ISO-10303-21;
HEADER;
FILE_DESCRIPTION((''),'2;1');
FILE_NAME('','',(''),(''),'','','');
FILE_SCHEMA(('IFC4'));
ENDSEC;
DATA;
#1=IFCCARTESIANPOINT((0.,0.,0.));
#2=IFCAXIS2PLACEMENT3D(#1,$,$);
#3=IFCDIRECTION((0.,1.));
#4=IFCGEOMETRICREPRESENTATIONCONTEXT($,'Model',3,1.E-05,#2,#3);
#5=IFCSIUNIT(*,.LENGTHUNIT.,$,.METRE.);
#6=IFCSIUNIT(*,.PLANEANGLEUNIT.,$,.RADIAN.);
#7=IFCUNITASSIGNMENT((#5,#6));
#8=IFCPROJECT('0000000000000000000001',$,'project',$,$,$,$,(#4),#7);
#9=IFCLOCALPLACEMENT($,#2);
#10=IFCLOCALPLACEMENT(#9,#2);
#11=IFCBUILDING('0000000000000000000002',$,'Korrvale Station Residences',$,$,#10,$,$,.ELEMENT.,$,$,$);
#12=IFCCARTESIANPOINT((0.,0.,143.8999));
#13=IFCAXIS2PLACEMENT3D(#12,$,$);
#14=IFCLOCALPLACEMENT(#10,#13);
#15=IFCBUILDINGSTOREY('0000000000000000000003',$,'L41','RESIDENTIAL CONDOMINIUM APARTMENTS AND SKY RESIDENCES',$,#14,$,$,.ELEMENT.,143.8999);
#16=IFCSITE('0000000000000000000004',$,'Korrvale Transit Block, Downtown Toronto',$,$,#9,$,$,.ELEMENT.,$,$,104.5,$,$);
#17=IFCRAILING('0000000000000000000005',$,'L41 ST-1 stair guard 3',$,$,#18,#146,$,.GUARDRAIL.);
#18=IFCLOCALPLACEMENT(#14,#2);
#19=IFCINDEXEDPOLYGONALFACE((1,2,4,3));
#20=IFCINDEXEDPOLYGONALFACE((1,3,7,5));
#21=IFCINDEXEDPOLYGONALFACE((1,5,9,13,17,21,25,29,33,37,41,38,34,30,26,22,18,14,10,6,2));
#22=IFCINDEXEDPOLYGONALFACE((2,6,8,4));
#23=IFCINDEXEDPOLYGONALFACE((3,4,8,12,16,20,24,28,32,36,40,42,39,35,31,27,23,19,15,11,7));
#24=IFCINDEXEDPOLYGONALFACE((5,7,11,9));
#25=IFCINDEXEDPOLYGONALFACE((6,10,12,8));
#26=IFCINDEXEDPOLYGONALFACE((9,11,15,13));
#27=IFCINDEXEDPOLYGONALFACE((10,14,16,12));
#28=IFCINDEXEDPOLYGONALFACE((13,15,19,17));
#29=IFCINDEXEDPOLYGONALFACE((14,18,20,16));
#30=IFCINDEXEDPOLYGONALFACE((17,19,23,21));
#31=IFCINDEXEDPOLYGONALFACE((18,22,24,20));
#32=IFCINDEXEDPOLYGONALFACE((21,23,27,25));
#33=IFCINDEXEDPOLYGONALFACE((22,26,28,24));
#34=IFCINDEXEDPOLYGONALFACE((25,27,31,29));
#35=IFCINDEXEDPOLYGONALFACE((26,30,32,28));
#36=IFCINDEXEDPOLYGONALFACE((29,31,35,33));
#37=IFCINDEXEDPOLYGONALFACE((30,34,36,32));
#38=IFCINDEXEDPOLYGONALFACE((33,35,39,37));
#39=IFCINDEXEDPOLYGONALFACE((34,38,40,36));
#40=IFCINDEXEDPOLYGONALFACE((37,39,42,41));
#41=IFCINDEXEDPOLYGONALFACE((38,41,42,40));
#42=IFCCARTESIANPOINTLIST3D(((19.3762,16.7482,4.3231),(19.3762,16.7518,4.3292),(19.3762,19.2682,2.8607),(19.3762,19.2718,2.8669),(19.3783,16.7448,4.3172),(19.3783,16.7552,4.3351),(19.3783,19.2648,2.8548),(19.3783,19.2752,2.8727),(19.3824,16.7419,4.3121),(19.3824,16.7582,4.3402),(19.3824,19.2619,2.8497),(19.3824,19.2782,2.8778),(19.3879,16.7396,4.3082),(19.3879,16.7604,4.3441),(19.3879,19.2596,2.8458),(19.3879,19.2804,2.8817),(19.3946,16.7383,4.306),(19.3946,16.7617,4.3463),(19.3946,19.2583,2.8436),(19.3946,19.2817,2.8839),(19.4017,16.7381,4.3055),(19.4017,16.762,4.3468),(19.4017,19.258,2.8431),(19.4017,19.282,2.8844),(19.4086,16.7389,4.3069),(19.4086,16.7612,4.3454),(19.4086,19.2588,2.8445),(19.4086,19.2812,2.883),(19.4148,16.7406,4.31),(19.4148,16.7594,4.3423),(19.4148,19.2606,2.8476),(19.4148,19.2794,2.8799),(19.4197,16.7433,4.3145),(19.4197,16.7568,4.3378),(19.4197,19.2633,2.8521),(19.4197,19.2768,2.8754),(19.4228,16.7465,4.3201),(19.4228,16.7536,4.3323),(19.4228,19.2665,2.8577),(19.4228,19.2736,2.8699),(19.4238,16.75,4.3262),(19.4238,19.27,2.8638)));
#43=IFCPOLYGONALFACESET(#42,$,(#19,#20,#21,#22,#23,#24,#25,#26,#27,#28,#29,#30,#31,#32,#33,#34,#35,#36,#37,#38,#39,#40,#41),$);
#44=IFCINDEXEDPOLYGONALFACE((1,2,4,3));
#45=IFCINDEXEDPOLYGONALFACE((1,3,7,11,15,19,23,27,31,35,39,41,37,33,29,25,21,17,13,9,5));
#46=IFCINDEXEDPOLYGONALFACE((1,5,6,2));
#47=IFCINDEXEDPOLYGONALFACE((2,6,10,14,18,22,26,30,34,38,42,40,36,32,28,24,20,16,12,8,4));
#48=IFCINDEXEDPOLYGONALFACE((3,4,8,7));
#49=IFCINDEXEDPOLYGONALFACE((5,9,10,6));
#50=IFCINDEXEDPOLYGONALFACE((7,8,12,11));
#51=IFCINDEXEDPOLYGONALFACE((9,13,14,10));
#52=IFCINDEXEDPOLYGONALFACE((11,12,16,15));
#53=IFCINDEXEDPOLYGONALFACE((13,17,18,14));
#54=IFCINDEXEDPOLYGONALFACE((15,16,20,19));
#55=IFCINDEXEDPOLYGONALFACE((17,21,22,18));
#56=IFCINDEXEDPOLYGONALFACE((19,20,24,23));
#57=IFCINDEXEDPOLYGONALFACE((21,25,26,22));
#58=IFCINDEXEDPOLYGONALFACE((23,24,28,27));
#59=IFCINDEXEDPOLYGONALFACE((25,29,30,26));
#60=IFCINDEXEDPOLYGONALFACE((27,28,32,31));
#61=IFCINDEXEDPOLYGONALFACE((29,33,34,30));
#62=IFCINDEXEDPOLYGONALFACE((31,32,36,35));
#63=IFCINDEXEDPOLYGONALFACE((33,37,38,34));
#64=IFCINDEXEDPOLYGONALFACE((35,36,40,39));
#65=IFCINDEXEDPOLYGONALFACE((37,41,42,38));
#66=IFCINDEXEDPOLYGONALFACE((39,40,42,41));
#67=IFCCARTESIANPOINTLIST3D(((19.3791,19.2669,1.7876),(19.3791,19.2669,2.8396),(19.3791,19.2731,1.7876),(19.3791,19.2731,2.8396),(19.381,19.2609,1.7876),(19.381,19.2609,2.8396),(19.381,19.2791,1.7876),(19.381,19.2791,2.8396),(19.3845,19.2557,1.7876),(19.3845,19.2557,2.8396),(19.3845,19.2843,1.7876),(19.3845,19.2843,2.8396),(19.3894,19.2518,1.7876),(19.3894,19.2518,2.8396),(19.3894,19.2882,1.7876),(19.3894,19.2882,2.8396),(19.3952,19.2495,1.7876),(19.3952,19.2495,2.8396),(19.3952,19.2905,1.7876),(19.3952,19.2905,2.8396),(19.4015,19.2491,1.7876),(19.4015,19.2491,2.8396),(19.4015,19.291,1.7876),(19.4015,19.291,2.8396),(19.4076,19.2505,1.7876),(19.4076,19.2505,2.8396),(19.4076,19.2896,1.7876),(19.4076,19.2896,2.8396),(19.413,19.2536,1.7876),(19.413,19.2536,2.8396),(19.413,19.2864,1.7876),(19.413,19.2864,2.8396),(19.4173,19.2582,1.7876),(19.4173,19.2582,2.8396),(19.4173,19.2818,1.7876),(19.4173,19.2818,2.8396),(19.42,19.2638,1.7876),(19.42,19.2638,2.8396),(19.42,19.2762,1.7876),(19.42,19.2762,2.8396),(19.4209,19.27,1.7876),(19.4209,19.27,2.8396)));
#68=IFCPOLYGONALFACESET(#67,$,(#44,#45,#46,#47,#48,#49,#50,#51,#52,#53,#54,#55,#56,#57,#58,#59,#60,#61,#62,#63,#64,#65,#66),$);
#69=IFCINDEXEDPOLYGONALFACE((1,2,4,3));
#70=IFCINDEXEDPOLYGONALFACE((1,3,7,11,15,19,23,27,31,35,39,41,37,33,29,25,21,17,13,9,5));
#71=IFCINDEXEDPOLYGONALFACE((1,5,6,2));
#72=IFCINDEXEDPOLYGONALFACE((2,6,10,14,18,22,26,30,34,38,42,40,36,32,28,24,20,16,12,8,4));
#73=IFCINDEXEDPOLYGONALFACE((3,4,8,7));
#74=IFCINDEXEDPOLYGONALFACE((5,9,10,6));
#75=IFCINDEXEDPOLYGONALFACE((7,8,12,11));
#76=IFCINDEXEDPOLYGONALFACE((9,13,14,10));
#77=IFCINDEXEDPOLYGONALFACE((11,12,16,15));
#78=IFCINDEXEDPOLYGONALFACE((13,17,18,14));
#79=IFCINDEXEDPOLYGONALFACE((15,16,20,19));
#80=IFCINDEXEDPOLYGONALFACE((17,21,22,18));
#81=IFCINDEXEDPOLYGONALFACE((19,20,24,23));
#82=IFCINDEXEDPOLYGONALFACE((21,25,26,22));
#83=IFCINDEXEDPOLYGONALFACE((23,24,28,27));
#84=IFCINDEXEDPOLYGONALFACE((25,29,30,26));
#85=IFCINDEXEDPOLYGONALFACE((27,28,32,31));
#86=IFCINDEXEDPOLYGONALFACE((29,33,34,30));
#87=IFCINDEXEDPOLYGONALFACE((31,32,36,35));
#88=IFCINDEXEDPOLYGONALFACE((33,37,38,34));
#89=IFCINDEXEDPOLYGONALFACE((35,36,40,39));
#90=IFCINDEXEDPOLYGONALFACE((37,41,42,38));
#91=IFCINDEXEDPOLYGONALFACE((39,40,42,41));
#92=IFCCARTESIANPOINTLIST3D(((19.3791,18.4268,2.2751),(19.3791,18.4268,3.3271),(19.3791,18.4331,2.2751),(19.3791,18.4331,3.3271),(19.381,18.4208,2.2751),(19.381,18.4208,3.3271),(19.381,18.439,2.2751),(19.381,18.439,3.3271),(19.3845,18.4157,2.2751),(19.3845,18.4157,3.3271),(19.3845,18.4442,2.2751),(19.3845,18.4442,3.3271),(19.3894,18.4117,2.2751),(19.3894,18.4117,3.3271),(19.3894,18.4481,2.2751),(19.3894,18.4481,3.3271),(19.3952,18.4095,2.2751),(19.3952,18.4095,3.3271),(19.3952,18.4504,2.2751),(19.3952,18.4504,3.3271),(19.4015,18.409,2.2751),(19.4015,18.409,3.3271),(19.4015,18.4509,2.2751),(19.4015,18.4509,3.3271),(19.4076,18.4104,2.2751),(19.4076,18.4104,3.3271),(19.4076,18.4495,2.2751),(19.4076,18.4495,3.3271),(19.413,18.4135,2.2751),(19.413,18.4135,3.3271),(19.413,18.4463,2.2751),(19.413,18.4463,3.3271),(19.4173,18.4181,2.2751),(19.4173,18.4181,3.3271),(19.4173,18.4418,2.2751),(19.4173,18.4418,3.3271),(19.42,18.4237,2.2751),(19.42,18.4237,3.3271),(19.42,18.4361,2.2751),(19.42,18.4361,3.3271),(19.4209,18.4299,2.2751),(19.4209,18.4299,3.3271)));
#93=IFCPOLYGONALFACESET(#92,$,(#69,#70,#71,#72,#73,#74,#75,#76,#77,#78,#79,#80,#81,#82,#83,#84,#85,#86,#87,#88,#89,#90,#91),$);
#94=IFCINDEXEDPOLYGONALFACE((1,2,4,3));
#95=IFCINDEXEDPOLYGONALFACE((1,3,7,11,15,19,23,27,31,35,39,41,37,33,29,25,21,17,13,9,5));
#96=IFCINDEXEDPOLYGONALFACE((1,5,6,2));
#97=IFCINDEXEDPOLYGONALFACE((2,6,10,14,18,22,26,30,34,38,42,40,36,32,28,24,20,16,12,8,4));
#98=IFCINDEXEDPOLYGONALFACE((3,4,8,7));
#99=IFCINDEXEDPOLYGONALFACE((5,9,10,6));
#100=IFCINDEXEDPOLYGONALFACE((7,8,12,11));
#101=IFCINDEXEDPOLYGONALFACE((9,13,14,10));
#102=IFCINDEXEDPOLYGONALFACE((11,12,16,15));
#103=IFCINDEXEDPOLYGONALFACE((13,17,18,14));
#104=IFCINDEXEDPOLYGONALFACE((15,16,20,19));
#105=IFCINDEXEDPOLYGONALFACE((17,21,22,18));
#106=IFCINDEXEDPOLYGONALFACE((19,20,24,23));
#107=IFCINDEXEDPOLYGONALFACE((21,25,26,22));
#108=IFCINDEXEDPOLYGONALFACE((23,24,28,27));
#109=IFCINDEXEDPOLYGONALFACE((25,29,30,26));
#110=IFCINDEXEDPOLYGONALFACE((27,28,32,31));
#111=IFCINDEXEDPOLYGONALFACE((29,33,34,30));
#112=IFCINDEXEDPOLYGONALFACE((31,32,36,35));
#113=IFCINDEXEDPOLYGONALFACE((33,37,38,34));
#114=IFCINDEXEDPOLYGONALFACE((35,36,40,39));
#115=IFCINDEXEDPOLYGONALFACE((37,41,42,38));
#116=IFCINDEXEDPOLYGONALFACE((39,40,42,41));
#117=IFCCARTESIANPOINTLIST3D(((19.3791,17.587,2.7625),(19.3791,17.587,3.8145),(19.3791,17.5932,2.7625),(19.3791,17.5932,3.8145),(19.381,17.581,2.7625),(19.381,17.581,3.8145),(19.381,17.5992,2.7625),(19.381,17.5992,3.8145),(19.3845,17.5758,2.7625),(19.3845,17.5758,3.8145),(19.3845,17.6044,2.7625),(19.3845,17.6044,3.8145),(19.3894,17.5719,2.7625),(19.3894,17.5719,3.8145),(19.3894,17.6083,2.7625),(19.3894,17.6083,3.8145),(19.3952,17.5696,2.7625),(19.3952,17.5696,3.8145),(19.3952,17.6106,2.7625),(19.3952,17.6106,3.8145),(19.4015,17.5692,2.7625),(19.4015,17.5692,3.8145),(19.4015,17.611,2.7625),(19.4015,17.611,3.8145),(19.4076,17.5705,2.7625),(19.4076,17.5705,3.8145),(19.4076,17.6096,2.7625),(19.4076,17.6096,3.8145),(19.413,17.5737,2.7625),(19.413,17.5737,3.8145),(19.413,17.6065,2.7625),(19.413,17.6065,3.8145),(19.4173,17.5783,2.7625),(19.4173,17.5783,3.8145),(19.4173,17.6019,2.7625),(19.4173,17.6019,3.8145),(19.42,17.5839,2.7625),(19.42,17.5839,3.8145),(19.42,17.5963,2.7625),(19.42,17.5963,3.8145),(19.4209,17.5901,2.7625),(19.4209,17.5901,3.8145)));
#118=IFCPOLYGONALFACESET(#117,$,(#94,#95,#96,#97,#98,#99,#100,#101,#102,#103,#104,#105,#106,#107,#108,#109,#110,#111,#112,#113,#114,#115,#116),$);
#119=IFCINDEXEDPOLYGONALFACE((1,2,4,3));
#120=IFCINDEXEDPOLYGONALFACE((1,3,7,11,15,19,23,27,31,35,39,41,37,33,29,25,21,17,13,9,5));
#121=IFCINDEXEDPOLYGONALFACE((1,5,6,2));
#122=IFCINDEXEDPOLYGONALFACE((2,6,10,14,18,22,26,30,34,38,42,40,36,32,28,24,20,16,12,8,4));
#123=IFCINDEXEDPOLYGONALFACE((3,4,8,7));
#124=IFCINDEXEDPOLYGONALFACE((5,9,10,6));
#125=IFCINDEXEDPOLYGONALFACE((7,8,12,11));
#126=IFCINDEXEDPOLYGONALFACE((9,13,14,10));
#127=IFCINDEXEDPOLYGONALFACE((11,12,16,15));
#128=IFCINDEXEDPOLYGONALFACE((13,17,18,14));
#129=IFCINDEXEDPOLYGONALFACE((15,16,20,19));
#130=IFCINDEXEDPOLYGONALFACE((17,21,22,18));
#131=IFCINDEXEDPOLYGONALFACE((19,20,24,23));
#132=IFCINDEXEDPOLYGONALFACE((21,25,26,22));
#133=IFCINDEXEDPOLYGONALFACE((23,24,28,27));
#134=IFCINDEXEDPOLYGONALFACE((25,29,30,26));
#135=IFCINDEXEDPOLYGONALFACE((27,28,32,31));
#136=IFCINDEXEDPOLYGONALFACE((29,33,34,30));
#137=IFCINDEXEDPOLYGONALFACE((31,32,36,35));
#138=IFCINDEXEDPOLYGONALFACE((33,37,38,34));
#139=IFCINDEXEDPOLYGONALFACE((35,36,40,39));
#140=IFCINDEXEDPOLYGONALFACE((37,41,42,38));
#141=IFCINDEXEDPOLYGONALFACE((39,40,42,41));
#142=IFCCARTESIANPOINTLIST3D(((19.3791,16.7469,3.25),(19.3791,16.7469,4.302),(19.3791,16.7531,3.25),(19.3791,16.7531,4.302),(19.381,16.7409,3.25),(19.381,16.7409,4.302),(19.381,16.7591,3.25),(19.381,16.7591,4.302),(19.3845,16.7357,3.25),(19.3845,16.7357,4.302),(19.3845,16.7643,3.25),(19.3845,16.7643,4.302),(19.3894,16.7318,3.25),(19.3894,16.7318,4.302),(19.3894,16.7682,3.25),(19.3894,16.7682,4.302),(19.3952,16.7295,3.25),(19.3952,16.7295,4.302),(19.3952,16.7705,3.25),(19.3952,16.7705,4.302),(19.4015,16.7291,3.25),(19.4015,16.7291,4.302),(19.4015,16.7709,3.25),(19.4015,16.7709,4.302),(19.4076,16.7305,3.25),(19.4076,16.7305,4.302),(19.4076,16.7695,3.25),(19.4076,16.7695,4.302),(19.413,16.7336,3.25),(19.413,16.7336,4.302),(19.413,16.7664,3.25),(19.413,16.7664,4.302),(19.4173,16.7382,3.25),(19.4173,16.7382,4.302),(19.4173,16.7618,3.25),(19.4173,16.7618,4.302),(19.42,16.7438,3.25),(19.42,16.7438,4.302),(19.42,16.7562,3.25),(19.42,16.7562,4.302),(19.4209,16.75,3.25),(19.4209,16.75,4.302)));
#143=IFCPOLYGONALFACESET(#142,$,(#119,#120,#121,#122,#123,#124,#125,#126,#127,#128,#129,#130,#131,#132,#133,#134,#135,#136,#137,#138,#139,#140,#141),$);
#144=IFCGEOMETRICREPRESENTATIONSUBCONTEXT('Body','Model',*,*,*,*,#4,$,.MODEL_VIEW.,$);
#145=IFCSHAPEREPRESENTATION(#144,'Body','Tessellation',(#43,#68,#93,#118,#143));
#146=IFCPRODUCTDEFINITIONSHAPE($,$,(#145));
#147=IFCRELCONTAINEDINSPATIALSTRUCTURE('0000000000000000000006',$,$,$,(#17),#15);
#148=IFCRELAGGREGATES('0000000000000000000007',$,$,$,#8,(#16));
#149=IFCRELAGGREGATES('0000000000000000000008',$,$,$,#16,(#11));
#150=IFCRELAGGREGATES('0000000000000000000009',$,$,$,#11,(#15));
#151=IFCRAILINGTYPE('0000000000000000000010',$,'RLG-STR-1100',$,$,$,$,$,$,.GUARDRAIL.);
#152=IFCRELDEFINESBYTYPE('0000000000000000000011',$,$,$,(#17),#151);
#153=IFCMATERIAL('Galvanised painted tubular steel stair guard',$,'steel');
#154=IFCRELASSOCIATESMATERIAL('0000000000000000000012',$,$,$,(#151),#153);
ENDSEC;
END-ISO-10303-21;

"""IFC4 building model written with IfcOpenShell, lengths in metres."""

from ifc_helpers import new_model, si_unit, direction, frame, origin, origin_2d, place, context, subcontext, project, spatial, circle, extrude, material, type_object, element, save


model = new_model("IFC4")

# Units and contexts
model_context = context("Model", 3, precision=1e-05, world=origin(), true_north=direction((0.0, 1.0)))
body_context = subcontext(model_context, "Body", "Model", "MODEL_VIEW")
ifc_project = project(units=[si_unit("LENGTHUNIT", "METRE"), si_unit("PLANEANGLEUNIT", "RADIAN")], contexts=[model_context])

# Site, building, storey
site_placement = place(None, origin())
site = spatial("IfcSite", under=ifc_project, at=site_placement, Name="Korrvale Transit Block, Downtown Toronto", CompositionType="ELEMENT", RefElevation=104.5)
building_placement = place(site_placement, origin())
building = spatial("IfcBuilding", under=site, at=building_placement, Name="Korrvale Station Residences", CompositionType="ELEMENT")
storey_placement = place(building_placement, frame((0.0, 0.0, 143.8999)))
storey = spatial("IfcBuildingStorey", under=building, at=storey_placement, Name="L41", Description="RESIDENTIAL CONDOMINIUM APARTMENTS AND SKY RESIDENCES", CompositionType="ELEMENT", Elevation=143.8999)

# Railing
ifc_material_1 = material(Name="Galvanised painted tubular steel stair guard", Category="steel")
railing_type_1 = type_object("IfcRailingType", Name="RLG-STR-1100", PredefinedType="GUARDRAIL", material=ifc_material_1)
railing_1_placement = place(storey_placement, frame((19.3999, 19.27, 1.7876)))
element("IfcRailing", 1, at=railing_1_placement, inside=storey, type_object=railing_type_1, Name="L41 ST-1 stair guard 3", PredefinedType="GUARDRAIL", context=body_context, shape_type="SweptSolid", body=[
    extrude(circle(Radius=0.0239, at=origin_2d()), frame((0.0, 0.0, 1.0762), z_axis=(0.0, -0.864913, 0.501921), x_axis=(1.0, 0.0, 0.0)), (0.0, 0.0, 1.0), 2.9136),
    extrude(circle(Radius=0.021, at=origin_2d()), origin(), (0.0, 0.0, 1.0), 1.052),
    extrude(circle(Radius=0.021, at=origin_2d()), frame((0.0, -0.8401, 0.4875)), (0.0, 0.0, 1.0), 1.052),
    extrude(circle(Radius=0.021, at=origin_2d()), frame((0.0, -1.6799, 0.9749)), (0.0, 0.0, 1.0), 1.052),
    extrude(circle(Radius=0.021, at=origin_2d()), frame((0.0, -2.52, 1.4624)), (0.0, 0.0, 1.0), 1.052),
])

save(model, "model.ifc")
